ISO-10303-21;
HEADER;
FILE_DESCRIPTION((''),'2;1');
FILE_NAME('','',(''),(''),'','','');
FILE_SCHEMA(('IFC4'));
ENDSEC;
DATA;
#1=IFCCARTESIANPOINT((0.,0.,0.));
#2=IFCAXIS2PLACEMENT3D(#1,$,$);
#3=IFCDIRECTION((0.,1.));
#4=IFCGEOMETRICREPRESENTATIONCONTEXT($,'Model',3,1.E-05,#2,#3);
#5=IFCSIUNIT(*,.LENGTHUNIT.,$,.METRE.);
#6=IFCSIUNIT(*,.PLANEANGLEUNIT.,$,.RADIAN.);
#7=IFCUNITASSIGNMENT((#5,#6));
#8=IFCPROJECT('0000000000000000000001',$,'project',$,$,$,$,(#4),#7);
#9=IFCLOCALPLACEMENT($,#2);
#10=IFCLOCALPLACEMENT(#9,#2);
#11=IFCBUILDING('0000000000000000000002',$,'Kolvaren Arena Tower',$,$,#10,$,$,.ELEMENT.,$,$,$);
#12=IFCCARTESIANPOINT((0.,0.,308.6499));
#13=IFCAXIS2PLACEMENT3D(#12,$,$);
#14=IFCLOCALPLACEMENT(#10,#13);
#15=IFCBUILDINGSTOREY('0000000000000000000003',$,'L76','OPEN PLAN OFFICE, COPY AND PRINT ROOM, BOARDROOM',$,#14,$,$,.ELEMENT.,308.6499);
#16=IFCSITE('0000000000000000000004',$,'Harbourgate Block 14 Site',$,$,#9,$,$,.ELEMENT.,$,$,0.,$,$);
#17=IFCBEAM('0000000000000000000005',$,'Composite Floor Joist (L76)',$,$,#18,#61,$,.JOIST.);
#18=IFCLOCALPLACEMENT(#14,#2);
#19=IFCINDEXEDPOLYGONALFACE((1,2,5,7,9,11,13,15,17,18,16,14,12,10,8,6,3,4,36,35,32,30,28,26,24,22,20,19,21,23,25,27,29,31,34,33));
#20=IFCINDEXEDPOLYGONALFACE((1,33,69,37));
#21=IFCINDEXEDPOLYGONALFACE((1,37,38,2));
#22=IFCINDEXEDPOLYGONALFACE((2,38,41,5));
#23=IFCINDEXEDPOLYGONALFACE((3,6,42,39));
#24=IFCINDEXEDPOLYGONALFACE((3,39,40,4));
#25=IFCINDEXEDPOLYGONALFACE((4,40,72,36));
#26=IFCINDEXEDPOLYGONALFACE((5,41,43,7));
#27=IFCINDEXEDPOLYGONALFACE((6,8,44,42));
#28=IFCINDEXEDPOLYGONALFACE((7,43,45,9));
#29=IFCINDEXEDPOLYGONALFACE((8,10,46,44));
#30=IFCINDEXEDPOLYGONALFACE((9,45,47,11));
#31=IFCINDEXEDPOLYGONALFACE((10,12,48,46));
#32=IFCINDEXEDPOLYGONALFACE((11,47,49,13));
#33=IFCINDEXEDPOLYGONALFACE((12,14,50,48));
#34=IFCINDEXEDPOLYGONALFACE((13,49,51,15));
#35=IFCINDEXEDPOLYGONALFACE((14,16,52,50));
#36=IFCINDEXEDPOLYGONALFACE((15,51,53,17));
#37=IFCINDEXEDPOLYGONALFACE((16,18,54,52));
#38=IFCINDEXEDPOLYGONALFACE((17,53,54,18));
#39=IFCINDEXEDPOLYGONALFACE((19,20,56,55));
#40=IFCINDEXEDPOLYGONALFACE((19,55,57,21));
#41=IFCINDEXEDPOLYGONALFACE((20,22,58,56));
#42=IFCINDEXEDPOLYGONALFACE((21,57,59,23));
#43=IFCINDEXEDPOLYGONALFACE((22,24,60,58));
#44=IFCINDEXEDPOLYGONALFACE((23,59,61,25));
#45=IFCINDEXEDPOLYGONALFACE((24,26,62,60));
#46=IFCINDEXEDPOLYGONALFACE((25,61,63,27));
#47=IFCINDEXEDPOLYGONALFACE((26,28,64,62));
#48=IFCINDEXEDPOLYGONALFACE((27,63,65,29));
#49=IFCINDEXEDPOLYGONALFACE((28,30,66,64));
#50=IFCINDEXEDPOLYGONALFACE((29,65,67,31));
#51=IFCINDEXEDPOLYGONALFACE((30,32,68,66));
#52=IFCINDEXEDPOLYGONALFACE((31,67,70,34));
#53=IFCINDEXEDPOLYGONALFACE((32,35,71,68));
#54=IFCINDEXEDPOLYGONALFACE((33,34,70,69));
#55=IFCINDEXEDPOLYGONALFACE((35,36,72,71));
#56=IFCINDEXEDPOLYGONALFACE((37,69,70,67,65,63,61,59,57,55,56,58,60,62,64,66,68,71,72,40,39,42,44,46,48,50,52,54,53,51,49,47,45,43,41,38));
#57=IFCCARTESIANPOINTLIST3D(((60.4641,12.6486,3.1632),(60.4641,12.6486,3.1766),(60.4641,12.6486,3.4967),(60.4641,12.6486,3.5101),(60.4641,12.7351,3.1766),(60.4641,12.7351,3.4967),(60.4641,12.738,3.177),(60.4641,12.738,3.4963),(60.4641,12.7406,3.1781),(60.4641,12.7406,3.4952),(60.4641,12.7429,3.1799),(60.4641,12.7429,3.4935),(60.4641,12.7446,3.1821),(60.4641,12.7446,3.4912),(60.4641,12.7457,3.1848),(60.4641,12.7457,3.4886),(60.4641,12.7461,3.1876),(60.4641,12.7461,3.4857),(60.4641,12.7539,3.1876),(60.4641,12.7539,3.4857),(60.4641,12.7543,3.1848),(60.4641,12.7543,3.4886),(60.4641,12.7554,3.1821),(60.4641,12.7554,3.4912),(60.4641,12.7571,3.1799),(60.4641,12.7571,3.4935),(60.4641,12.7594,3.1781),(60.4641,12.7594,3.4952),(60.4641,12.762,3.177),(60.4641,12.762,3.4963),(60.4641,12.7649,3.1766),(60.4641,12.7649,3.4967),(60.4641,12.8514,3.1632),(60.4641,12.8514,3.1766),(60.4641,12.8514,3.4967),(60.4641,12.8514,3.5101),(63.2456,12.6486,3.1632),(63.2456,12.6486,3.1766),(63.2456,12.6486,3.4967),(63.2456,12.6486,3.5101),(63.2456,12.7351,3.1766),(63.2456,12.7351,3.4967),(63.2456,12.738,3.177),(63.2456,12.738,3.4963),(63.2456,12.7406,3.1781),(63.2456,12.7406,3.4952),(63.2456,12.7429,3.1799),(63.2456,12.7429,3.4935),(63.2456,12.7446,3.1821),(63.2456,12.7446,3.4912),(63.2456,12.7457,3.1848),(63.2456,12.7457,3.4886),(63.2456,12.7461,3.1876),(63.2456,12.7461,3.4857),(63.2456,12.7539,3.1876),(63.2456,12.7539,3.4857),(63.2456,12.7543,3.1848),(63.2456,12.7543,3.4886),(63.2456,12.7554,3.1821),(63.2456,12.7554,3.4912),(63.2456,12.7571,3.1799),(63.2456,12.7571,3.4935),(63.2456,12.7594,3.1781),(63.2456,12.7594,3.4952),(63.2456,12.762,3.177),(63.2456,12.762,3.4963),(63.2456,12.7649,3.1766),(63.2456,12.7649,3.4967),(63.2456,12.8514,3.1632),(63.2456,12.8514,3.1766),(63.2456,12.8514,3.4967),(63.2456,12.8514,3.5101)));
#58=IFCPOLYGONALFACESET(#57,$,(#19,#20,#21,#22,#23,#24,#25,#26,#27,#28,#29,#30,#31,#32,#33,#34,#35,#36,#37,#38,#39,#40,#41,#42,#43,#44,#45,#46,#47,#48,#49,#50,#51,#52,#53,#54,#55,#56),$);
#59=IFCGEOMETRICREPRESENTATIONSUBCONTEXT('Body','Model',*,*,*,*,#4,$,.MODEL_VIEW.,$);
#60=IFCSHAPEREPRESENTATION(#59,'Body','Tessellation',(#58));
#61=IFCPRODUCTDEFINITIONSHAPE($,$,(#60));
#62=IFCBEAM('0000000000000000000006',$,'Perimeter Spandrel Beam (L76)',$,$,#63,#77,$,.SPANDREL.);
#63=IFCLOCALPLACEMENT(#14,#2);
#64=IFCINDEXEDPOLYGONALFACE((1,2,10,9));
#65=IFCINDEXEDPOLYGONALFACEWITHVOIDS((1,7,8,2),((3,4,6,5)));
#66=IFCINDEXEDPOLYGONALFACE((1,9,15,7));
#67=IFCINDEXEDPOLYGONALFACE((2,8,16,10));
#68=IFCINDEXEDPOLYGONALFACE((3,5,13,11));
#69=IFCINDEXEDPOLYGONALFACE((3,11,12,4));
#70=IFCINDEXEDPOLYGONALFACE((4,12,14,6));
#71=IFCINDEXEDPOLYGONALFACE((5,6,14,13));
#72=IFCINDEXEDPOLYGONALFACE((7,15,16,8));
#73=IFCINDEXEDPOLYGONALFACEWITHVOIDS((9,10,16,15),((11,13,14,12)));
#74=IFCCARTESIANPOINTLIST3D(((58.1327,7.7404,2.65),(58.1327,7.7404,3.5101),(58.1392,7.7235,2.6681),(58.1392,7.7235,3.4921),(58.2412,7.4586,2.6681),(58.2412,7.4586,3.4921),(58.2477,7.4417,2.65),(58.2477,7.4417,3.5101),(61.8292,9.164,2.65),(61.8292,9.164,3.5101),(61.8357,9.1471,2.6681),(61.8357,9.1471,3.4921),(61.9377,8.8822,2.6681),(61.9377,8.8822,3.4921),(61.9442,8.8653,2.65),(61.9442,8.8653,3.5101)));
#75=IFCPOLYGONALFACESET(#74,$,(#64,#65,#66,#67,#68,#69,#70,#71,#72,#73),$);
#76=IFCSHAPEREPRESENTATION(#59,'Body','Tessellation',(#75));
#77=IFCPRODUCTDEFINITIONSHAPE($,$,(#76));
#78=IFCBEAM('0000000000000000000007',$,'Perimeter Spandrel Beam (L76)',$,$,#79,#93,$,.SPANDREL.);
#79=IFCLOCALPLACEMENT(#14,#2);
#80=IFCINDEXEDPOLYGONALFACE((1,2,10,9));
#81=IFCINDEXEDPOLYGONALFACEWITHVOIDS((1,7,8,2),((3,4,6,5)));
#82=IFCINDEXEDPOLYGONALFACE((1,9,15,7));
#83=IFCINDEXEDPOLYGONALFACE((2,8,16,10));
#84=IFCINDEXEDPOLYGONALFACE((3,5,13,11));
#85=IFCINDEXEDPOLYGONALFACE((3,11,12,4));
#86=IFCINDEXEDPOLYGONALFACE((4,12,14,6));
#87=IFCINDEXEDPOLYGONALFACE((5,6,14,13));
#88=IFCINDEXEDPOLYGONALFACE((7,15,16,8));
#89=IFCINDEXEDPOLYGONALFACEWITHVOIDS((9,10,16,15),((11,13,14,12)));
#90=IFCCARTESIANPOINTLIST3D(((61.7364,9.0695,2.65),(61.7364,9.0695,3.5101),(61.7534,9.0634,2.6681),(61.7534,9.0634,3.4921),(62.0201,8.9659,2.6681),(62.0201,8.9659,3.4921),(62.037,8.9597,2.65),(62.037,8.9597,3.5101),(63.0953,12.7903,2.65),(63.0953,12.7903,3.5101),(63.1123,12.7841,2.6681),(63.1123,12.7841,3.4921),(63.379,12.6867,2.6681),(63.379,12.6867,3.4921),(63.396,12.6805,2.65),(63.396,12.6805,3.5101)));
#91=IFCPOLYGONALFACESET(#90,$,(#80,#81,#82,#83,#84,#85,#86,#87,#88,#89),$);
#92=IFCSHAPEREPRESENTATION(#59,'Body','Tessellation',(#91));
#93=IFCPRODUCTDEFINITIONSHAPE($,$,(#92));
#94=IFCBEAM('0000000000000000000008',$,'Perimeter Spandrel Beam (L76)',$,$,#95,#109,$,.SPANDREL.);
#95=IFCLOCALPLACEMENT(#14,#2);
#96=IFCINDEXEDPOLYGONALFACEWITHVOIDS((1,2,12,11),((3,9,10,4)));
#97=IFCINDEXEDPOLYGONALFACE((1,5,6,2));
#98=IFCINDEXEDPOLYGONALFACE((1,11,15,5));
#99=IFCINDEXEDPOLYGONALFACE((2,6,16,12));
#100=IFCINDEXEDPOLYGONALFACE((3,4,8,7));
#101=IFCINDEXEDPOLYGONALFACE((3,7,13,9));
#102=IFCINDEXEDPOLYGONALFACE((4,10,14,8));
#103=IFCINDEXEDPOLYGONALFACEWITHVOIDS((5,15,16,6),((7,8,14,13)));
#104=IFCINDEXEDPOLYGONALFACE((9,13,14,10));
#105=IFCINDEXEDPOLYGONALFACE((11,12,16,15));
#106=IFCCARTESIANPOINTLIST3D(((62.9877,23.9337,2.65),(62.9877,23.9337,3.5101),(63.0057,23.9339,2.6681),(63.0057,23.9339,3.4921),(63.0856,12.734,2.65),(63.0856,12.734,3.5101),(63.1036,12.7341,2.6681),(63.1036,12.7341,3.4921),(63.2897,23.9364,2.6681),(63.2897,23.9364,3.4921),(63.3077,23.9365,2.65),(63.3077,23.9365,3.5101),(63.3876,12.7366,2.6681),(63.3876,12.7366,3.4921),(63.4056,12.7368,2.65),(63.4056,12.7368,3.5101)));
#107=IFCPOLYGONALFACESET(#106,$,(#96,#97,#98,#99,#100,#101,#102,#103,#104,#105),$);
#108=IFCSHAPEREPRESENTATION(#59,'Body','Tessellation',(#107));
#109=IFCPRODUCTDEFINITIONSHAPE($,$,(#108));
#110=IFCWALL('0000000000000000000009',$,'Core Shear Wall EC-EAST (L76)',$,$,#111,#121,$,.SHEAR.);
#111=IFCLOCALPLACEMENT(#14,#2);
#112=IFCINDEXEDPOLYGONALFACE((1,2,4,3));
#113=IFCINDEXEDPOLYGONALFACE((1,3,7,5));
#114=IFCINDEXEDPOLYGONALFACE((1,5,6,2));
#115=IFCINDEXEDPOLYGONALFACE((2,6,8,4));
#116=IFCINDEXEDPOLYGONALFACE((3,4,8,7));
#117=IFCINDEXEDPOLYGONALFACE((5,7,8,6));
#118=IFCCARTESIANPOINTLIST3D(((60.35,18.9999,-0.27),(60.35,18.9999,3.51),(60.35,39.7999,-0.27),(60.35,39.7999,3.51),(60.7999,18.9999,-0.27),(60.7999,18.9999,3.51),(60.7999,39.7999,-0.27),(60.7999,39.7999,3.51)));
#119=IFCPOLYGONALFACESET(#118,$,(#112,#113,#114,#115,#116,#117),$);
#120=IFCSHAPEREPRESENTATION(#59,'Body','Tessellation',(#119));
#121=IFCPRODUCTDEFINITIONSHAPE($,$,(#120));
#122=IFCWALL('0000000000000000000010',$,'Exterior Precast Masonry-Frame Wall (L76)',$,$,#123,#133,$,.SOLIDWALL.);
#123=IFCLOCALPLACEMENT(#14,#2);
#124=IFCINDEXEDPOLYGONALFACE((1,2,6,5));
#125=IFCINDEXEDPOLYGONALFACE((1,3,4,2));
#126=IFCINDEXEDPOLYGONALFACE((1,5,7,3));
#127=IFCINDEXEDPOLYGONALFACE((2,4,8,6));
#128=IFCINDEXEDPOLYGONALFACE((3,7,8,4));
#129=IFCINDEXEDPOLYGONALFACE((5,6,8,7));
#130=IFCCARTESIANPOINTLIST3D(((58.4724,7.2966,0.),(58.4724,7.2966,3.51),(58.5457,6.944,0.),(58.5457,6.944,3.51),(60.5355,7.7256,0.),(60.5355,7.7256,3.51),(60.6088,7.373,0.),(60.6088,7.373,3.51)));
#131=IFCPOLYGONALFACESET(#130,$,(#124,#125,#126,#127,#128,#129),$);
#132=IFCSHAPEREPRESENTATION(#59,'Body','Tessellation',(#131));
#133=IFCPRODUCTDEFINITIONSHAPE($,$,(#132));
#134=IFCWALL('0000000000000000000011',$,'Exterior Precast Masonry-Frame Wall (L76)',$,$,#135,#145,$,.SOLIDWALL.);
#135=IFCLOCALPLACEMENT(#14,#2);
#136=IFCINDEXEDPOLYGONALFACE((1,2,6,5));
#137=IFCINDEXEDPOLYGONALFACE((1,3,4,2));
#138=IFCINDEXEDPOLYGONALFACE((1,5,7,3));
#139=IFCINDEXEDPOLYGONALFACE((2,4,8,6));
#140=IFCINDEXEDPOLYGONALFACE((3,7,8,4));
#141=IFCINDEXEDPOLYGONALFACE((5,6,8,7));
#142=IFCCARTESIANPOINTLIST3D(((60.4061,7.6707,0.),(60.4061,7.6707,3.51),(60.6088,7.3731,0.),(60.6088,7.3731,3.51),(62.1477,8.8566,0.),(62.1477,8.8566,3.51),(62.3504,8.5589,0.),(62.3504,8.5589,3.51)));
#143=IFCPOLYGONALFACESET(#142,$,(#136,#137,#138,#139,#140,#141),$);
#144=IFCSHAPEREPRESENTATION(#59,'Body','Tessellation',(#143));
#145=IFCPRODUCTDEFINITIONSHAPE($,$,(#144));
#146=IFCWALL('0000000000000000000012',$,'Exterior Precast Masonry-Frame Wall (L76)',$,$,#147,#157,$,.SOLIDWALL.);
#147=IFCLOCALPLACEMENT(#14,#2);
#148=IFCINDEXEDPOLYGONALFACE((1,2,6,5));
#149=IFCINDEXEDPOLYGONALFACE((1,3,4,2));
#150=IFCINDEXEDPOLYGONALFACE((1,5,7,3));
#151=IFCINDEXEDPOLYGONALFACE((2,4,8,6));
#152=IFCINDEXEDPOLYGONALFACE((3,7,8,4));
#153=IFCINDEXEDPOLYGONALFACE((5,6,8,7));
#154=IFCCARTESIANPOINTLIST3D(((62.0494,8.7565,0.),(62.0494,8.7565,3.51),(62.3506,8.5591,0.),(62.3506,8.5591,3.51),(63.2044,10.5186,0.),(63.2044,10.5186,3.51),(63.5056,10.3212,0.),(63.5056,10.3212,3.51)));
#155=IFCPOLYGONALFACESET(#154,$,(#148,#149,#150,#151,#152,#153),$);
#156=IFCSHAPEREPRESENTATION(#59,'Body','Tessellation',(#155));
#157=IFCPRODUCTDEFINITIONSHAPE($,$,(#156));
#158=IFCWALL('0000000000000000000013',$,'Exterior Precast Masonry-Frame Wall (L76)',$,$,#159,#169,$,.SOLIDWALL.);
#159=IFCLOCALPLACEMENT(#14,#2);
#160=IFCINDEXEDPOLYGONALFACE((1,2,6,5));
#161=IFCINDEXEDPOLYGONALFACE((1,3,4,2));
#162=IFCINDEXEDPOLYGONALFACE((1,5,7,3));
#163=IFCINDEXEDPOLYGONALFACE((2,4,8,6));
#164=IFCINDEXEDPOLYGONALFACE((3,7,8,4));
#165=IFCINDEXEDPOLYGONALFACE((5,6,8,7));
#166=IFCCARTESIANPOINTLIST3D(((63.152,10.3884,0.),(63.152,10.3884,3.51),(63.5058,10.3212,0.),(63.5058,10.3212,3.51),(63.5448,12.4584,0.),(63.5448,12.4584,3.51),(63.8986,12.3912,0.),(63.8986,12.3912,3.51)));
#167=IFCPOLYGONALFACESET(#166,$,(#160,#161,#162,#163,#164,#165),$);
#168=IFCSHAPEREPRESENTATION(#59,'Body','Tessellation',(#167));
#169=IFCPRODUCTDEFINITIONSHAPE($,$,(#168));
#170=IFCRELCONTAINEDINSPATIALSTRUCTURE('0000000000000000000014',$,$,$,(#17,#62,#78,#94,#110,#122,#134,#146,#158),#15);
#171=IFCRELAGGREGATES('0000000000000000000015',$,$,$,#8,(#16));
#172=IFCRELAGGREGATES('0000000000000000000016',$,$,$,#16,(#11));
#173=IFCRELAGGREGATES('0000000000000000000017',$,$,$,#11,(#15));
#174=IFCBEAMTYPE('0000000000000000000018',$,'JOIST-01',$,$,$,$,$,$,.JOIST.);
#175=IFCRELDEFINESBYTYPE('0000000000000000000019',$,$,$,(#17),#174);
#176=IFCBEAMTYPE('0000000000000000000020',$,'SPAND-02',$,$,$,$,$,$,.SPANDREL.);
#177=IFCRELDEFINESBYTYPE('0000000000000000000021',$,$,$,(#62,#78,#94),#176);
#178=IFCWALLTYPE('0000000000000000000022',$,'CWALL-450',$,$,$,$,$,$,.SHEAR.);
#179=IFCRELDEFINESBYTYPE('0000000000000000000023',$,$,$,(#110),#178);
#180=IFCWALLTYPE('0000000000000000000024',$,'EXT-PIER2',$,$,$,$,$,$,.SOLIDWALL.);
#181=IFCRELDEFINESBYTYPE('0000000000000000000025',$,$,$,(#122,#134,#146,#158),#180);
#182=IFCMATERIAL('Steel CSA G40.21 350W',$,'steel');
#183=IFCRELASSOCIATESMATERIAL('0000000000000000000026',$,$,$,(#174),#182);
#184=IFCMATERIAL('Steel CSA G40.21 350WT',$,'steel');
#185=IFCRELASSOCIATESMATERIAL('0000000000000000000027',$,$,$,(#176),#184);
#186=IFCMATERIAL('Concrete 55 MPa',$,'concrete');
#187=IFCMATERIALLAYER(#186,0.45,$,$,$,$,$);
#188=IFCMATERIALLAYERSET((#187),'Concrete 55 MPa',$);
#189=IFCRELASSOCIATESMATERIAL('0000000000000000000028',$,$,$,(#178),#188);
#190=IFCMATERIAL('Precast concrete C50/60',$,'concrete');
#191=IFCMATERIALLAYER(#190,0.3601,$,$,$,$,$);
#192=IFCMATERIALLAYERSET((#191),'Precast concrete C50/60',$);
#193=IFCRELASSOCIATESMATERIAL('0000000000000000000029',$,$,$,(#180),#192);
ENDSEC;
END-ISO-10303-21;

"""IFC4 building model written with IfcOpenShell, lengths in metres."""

from ifc_helpers import new_model, si_unit, direction, frame, frame_2d, origin, origin_2d, place, context, subcontext, project, spatial, rectangle, hollow_rectangle, i_section, extrude, material, layer, layer_set, material_profile, profile_set, type_object, element, save


model = new_model("IFC4")

# Units and contexts
model_context = context("Model", 3, precision=1e-05, world=origin(), true_north=direction((0.0, 1.0)))
body_context = subcontext(model_context, "Body", "Model", "MODEL_VIEW")
ifc_project = project(units=[si_unit("LENGTHUNIT", "METRE"), si_unit("PLANEANGLEUNIT", "RADIAN")], contexts=[model_context])

# Site, building, storey
site_placement = place(None, origin())
site = spatial("IfcSite", under=ifc_project, at=site_placement, Name="Harbourgate Block 14 Site", CompositionType="ELEMENT", RefElevation=0.0)
building_placement = place(site_placement, origin())
building = spatial("IfcBuilding", under=site, at=building_placement, Name="Kolvaren Arena Tower", CompositionType="ELEMENT")
storey_placement = place(building_placement, frame((0.0, 0.0, 308.6499)))
storey = spatial("IfcBuildingStorey", under=building, at=storey_placement, Name="L76", Description="OPEN PLAN OFFICE, COPY AND PRINT ROOM, BOARDROOM", CompositionType="ELEMENT", Elevation=308.6499)

# Shared definitions
ifc_material_1 = material(Name="Precast concrete C50/60", Category="concrete")

# Beams
ifc_material_2 = material(Name="Steel CSA G40.21 350W", Category="steel")
ifc_material_profile_1 = material_profile(ifc_material_2, i_section(OverallWidth=0.2029, OverallDepth=0.3469, WebThickness=0.0078, FlangeThickness=0.0134, FilletRadius=0.011, at=origin_2d()), Name="W360x64")
ifc_profile_set_1 = profile_set([ifc_material_profile_1], Name="Steel CSA G40.21 350W")
beam_type_1 = type_object("IfcBeamType", Name="JOIST-01", PredefinedType="JOIST", material=ifc_profile_set_1)
beam_1_placement = place(storey_placement, frame((60.4641, 12.75, 3.3367), z_axis=(1.0, 0.0, 0.0), x_axis=(0.0, 1.0, 0.0)))
element("IfcBeam", 1, at=beam_1_placement, inside=storey, type_object=beam_type_1, Name="Composite Floor Joist (L76)", PredefinedType="JOIST", context=body_context, shape_type="SweptSolid", body=[
    extrude(i_section(OverallWidth=0.2029, OverallDepth=0.3469, WebThickness=0.0078, FlangeThickness=0.0134, FilletRadius=0.011, at=origin_2d()), origin(), (0.0, 0.0, 1.0), 2.7815),
])
ifc_material_3 = material(Name="Steel CSA G40.21 350WT", Category="steel")
ifc_material_profile_2 = material_profile(ifc_material_3, hollow_rectangle(XDim=0.3201, YDim=0.8601, WallThickness=0.0181, at=origin_2d()), Name="HSS 860x320x18")
ifc_profile_set_2 = profile_set([ifc_material_profile_2], Name="Steel CSA G40.21 350WT")
beam_type_2 = type_object("IfcBeamType", Name="SPAND-02", PredefinedType="SPANDREL", material=ifc_profile_set_2)
for number, where, z_axis, x_axis, name in (
    (2, (58.1902, 7.5911, 3.0801), (0.93319, 0.359384, 0.0), (-0.359384, 0.93319, 0.0), "Perimeter Spandrel Beam (L76)"),
    (3, (61.8867, 9.0146, 3.0801), (0.343059, 0.939314, 0.0), (-0.939314, 0.343059, 0.0), "Perimeter Spandrel Beam (L76)"),
):
    element("IfcBeam", number, at=place(storey_placement, frame(where, z_axis=z_axis, x_axis=x_axis)), inside=storey, type_object=beam_type_2, Name=name, PredefinedType="SPANDREL", context=body_context, shape_type="SweptSolid", body=[
        extrude(hollow_rectangle(XDim=0.3201, YDim=0.8601, WallThickness=0.0181, at=origin_2d()), origin(), (0.0, 0.0, 1.0), 3.9612),
    ])
beam_2_placement = place(storey_placement, frame((63.2456, 12.7354, 3.0801), z_axis=(-0.008741, 0.999962, 0.0), x_axis=(-0.999962, -0.008741, 0.0)))
element("IfcBeam", 4, at=beam_2_placement, inside=storey, type_object=beam_type_2, Name="Perimeter Spandrel Beam (L76)", PredefinedType="SPANDREL", context=body_context, shape_type="SweptSolid", body=[
    extrude(hollow_rectangle(XDim=0.3201, YDim=0.8601, WallThickness=0.0181, at=origin_2d()), origin(), (0.0, 0.0, 1.0), 11.2002),
])

# Walls
ifc_material_4 = material(Name="Concrete 55 MPa", Category="concrete")
ifc_layer_1 = layer(ifc_material_4, 0.45)
ifc_layer_set_1 = layer_set([ifc_layer_1], Name="Concrete 55 MPa")
wall_type_1 = type_object("IfcWallType", Name="CWALL-450", PredefinedType="SHEAR", material=ifc_layer_set_1)
wall_1_placement = place(storey_placement, frame((60.575, 19.0, -0.27), z_axis=(0.0, 0.0, 1.0), x_axis=(0.0, 1.0, 0.0)))
element("IfcWall", 5, at=wall_1_placement, inside=storey, type_object=wall_type_1, Name="Core Shear Wall EC-EAST (L76)", PredefinedType="SHEAR", context=body_context, shape_type="SweptSolid", body=[
    extrude(rectangle(XDim=20.8, YDim=0.45, at=frame_2d((10.3999, 0.0))), origin(), (0.0, 0.0, 1.0), 3.78),
])
ifc_layer_2 = layer(ifc_material_1, 0.3601)
ifc_layer_set_2 = layer_set([ifc_layer_2], Name="Precast concrete C50/60")
wall_type_2 = type_object("IfcWallType", Name="EXT-PIER2", PredefinedType="SOLIDWALL", material=ifc_layer_set_2)
wall_2_placement = place(storey_placement, frame((60.5723, 7.5493, 0.0), z_axis=(0.0, 0.0, 1.0), x_axis=(-0.979059, -0.203575, 0.0)))
element("IfcWall", 6, at=wall_2_placement, inside=storey, type_object=wall_type_2, Name="Exterior Precast Masonry-Frame Wall (L76)", PredefinedType="SOLIDWALL", context=body_context, shape_type="SweptSolid", body=[
    extrude(rectangle(XDim=2.1072, YDim=0.3601, at=frame_2d((1.0537, 0.0))), origin(), (0.0, 0.0, 1.0), 3.51),
])
for number, where, z_axis, x_axis, name in (
    (7, (62.249, 8.7078, 0.0), (0.0, 0.0, 1.0), (-0.826573, -0.56283, 0.0), "Exterior Precast Masonry-Frame Wall (L76)"),
    (8, (63.355, 10.4199, 0.0), (0.0, 0.0, 1.0), (-0.548186, -0.836357, 0.0), "Exterior Precast Masonry-Frame Wall (L76)"),
    (9, (63.7217, 12.4248, 0.0), (0.0, 0.0, 1.0), (-0.186436, -0.982467, 0.0), "Exterior Precast Masonry-Frame Wall (L76)"),
):
    element("IfcWall", number, at=place(storey_placement, frame(where, z_axis=z_axis, x_axis=x_axis)), inside=storey, type_object=wall_type_2, Name=name, PredefinedType="SOLIDWALL", context=body_context, shape_type="SweptSolid", body=[
        extrude(rectangle(XDim=2.1069, YDim=0.3601, at=frame_2d((1.0535, 0.0))), origin(), (0.0, 0.0, 1.0), 3.51),
    ])

save(model, "model.ifc")
